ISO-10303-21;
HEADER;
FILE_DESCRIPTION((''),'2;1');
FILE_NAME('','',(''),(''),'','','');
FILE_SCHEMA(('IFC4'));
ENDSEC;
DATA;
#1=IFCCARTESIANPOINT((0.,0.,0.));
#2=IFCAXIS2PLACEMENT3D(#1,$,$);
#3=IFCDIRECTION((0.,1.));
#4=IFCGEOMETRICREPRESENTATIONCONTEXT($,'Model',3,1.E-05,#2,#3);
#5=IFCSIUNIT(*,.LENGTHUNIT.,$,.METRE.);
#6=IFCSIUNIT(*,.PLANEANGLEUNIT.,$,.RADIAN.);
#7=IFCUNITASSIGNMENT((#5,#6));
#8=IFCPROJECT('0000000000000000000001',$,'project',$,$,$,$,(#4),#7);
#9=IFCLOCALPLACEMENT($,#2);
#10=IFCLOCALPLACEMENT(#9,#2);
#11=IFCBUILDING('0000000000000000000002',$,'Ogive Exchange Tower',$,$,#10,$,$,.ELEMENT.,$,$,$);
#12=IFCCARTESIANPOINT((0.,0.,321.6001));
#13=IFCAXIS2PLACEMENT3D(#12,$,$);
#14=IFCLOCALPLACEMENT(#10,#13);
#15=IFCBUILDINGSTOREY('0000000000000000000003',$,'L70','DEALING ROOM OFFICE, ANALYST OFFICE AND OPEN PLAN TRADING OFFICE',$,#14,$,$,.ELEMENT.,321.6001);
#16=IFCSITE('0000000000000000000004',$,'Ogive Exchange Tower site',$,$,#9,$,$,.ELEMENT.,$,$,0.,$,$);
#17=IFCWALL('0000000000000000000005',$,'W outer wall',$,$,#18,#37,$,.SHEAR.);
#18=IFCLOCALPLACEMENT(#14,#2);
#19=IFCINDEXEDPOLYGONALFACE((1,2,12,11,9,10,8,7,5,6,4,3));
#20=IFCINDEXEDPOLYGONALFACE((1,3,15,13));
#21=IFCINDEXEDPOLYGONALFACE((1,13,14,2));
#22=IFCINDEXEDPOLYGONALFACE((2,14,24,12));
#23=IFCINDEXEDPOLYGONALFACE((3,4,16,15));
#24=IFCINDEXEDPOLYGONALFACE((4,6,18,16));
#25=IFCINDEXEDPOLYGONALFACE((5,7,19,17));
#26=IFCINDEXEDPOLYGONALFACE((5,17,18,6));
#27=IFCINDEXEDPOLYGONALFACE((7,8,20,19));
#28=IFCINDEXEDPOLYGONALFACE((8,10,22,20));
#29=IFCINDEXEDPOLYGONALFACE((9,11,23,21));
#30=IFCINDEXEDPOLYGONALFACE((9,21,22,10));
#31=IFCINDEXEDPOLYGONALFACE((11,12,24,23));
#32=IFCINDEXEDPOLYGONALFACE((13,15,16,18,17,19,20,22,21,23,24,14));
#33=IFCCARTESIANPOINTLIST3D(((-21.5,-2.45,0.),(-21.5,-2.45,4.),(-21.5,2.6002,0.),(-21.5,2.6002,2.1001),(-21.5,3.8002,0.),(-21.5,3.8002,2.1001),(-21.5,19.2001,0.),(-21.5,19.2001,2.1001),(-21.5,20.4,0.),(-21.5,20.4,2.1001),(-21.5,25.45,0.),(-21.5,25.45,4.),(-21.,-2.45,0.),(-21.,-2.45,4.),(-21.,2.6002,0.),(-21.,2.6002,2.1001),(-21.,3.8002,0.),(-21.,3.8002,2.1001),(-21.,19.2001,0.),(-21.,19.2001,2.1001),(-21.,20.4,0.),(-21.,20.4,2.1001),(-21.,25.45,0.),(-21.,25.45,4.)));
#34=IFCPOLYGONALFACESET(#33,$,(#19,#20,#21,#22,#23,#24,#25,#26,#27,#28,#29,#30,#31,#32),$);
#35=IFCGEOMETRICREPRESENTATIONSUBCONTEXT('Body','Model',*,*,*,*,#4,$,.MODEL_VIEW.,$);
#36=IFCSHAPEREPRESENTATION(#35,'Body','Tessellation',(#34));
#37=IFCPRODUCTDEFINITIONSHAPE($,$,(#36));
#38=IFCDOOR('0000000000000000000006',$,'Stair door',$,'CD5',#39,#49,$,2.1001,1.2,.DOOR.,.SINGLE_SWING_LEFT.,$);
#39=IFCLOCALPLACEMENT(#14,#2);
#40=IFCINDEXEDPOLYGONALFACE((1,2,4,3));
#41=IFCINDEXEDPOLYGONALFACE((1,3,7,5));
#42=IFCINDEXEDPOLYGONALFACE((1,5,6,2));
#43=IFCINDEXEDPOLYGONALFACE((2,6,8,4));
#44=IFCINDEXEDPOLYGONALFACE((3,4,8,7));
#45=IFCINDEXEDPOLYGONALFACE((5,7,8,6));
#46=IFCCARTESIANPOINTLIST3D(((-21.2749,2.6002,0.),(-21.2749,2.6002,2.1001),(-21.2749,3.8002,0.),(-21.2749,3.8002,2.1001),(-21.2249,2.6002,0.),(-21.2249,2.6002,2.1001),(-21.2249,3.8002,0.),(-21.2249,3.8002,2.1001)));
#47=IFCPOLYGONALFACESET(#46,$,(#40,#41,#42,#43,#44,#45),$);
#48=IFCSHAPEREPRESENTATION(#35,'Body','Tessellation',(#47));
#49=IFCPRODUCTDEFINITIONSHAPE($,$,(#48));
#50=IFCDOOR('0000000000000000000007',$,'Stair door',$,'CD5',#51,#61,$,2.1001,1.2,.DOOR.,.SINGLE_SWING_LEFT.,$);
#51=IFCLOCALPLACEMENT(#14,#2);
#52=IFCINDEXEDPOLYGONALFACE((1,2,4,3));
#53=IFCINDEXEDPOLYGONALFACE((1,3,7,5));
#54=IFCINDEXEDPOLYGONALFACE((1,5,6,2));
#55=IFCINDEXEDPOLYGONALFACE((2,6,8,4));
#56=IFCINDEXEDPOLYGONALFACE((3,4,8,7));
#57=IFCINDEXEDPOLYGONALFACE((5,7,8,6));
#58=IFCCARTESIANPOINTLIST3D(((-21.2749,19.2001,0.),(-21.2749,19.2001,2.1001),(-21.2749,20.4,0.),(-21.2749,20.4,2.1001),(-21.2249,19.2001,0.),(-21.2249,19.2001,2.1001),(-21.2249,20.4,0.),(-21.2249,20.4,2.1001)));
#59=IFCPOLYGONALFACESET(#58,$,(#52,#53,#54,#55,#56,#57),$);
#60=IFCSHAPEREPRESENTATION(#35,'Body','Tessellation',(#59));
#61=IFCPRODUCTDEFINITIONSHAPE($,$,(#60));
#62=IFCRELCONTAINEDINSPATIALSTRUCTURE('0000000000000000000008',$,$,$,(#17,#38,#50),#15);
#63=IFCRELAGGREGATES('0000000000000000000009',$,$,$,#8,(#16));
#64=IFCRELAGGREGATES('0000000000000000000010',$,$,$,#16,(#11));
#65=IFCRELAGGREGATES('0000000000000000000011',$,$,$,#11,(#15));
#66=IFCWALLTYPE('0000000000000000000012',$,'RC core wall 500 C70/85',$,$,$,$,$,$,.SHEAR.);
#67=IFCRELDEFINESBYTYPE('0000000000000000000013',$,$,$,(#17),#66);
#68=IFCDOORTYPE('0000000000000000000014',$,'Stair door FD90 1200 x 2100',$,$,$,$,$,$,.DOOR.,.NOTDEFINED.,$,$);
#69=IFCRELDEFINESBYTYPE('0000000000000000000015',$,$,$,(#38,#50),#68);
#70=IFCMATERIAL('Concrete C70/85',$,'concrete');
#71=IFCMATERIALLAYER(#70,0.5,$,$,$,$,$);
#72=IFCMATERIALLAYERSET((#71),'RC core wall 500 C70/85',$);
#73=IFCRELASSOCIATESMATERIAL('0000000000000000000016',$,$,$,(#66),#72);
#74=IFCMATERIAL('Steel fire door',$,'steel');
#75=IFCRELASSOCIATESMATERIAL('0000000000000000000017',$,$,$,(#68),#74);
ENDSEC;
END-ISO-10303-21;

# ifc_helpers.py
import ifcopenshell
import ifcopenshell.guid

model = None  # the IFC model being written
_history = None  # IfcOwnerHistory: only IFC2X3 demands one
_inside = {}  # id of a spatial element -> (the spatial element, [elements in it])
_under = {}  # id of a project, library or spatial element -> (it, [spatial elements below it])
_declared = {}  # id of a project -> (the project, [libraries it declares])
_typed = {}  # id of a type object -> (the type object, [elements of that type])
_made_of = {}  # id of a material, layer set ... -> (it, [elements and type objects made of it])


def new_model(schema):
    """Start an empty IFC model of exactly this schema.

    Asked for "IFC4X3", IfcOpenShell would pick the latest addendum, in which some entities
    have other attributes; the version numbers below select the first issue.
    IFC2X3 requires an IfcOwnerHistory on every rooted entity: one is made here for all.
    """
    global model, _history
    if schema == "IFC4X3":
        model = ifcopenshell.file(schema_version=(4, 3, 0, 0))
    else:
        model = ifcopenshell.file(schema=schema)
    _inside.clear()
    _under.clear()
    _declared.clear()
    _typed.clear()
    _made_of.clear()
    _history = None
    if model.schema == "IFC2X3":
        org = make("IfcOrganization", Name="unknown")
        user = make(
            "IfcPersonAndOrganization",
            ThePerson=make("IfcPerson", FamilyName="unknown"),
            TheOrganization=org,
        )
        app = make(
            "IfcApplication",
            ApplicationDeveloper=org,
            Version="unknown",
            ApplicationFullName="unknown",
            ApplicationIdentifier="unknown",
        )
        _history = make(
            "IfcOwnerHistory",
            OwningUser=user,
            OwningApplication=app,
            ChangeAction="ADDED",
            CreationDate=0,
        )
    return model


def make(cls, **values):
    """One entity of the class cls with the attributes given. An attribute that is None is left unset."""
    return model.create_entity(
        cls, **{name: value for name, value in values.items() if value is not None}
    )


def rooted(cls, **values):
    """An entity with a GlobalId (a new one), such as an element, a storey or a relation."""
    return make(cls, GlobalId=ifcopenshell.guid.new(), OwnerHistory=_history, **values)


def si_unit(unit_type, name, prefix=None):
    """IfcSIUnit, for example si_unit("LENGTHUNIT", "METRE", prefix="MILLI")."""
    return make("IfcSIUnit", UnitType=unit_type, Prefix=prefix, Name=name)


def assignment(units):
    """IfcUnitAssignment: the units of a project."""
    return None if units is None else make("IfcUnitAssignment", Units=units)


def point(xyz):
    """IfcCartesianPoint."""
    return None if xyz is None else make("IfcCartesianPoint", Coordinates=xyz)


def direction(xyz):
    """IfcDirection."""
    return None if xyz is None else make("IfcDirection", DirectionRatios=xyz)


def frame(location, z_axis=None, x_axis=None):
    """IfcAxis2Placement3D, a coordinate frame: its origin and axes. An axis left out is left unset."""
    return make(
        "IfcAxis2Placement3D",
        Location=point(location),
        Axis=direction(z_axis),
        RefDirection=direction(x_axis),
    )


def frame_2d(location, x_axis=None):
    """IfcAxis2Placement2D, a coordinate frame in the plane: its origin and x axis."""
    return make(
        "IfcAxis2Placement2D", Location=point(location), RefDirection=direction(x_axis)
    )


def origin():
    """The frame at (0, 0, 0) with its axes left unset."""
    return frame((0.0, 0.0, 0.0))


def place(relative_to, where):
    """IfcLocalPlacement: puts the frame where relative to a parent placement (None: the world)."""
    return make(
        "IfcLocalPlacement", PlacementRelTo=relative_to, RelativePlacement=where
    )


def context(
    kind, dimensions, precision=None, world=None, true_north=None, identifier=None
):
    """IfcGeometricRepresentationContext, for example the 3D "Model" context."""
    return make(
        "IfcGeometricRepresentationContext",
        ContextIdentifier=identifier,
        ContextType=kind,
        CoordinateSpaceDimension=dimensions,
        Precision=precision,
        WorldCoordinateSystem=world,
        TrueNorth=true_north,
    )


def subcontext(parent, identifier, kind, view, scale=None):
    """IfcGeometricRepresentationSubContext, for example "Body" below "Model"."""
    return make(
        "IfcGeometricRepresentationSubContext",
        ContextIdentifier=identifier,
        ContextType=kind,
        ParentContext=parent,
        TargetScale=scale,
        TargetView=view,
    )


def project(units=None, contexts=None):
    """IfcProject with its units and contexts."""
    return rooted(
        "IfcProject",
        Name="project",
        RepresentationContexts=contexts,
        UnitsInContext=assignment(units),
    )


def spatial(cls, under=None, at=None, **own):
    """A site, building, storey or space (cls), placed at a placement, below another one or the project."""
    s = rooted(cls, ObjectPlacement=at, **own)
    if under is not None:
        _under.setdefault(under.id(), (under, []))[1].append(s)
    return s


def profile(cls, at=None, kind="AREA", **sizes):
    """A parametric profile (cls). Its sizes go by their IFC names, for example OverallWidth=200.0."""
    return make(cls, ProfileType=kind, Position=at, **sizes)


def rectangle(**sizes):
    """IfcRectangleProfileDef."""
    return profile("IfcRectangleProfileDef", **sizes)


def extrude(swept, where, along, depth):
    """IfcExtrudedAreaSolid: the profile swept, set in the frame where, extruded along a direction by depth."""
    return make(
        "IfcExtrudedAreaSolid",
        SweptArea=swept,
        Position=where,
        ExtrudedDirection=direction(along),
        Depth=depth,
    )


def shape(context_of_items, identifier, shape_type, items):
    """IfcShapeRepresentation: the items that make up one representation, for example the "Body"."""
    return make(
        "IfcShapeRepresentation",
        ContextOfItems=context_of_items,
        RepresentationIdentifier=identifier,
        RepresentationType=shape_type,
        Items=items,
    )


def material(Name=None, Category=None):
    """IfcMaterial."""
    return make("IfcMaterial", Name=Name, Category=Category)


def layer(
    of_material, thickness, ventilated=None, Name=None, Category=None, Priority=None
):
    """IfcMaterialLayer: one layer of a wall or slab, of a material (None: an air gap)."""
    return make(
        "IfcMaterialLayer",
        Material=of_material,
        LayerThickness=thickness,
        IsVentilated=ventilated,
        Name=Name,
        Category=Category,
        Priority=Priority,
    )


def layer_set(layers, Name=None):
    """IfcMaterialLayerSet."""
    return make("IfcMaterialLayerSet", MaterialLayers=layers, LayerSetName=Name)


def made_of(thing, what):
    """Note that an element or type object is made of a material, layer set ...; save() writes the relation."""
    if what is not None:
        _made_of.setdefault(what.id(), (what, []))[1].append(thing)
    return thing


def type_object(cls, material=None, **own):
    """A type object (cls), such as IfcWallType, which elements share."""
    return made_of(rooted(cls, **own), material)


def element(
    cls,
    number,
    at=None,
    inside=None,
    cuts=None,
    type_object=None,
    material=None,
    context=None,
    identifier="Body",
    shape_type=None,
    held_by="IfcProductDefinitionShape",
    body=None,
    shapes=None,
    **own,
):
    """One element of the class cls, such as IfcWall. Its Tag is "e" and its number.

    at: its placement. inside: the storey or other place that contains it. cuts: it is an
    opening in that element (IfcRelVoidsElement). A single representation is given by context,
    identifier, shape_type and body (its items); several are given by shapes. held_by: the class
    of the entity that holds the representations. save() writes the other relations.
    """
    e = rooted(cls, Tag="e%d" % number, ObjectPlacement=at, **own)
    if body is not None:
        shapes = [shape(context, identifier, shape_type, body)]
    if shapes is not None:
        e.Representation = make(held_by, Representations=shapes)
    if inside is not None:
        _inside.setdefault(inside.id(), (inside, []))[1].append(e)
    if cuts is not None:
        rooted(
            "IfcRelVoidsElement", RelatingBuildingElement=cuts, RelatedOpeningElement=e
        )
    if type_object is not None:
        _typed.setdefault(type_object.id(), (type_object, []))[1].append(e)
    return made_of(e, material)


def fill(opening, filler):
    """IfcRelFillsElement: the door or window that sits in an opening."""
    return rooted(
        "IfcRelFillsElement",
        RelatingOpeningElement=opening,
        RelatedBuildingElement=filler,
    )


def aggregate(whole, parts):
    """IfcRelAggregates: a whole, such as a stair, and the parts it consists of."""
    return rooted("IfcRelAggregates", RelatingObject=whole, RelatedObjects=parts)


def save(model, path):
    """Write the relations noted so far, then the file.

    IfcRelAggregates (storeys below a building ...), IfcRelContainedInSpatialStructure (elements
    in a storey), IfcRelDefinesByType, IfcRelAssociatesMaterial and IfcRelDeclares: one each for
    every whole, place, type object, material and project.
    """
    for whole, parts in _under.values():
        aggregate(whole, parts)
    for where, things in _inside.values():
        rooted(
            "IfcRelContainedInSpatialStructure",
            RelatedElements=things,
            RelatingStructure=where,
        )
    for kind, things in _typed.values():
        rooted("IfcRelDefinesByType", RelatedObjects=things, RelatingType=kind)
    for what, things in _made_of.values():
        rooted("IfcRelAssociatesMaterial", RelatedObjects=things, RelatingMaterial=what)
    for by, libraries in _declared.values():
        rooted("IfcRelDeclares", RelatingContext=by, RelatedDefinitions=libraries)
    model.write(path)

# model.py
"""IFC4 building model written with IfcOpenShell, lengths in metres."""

from ifc_helpers import new_model, si_unit, direction, frame, frame_2d, origin, place, context, subcontext, project, spatial, rectangle, extrude, material, layer, layer_set, type_object, element, fill, save


model = new_model("IFC4")

# Units and contexts
model_context = context("Model", 3, precision=1e-05, world=origin(), true_north=direction((0.0, 1.0)))
body_context = subcontext(model_context, "Body", "Model", "MODEL_VIEW")
ifc_project = project(units=[si_unit("LENGTHUNIT", "METRE"), si_unit("PLANEANGLEUNIT", "RADIAN")], contexts=[model_context])

# Site, building, storey
site_placement = place(None, origin())
site = spatial("IfcSite", under=ifc_project, at=site_placement, Name="Ogive Exchange Tower site", CompositionType="ELEMENT", RefElevation=0.0)
building_placement = place(site_placement, origin())
building = spatial("IfcBuilding", under=site, at=building_placement, Name="Ogive Exchange Tower", CompositionType="ELEMENT")
storey_placement = place(building_placement, frame((0.0, 0.0, 321.6001)))
storey = spatial("IfcBuildingStorey", under=building, at=storey_placement, Name="L70", Description="DEALING ROOM OFFICE, ANALYST OFFICE AND OPEN PLAN TRADING OFFICE", CompositionType="ELEMENT", Elevation=321.6001)

# Shared definitions
ifc_material_1 = material(Name="Concrete C70/85", Category="concrete")

# Wall, openings, doors
ifc_layer_1 = layer(ifc_material_1, 0.5)
ifc_layer_set_1 = layer_set([ifc_layer_1], Name="RC core wall 500 C70/85")
wall_type_1 = type_object("IfcWallType", Name="RC core wall 500 C70/85", PredefinedType="SHEAR", material=ifc_layer_set_1)
wall_1_placement = place(storey_placement, frame((-21.25, -2.45, 0.0), z_axis=(0.0, 0.0, 1.0), x_axis=(0.0, 1.0, 0.0)))
wall_1 = element("IfcWall", 1, at=wall_1_placement, inside=storey, type_object=wall_type_1, Name="W outer wall", PredefinedType="SHEAR", context=body_context, shape_type="SweptSolid", body=[
    extrude(rectangle(XDim=27.8999, YDim=0.5, at=frame_2d((13.95, 0.0))), origin(), (0.0, 0.0, 1.0), 4.0),
])
opening_1_placement = place(wall_1_placement, frame((5.05, 0.0, 0.0)))
opening_1 = element("IfcOpeningElement", 2, at=opening_1_placement, cuts=wall_1, PredefinedType="OPENING", context=body_context, shape_type="SweptSolid", body=[
    extrude(rectangle(XDim=1.2, YDim=2.1001, at=frame_2d((0.6001, 1.05))), frame((0.0, 0.26, 0.0), z_axis=(0.0, -1.0, 0.0), x_axis=(1.0, 0.0, 0.0)), (0.0, 0.0, 1.0), 0.52),
])
opening_2_placement = place(wall_1_placement, frame((21.6499, 0.0, 0.0)))
opening_2 = element("IfcOpeningElement", 3, at=opening_2_placement, cuts=wall_1, PredefinedType="OPENING", context=body_context, shape_type="SweptSolid", body=[
    extrude(rectangle(XDim=1.2, YDim=2.1001, at=frame_2d((0.6001, 1.05))), frame((0.0, 0.26, 0.0), z_axis=(0.0, -1.0, 0.0), x_axis=(1.0, 0.0, 0.0)), (0.0, 0.0, 1.0), 0.52),
])
ifc_material_2 = material(Name="Steel fire door", Category="steel")
door_type_1 = type_object("IfcDoorType", Name="Stair door FD90 1200 x 2100", OperationType="NOTDEFINED", PredefinedType="DOOR", material=ifc_material_2)
door_1_placement = place(opening_1_placement, origin())
door_1 = element("IfcDoor", 4, at=door_1_placement, inside=storey, type_object=door_type_1, Name="Stair door", ObjectType="CD5", OperationType="SINGLE_SWING_LEFT", OverallHeight=2.1001, OverallWidth=1.2, PredefinedType="DOOR", context=body_context, shape_type="SweptSolid", body=[
    extrude(rectangle(XDim=1.2, YDim=2.1001, at=frame_2d((0.6001, 1.05))), frame((0.0, 0.0249, 0.0), z_axis=(0.0, -1.0, 0.0), x_axis=(1.0, 0.0, 0.0)), (0.0, 0.0, 1.0), 0.05),
])
fill(opening_1, door_1)
door_2_placement = place(opening_2_placement, origin())
door_2 = element("IfcDoor", 5, at=door_2_placement, inside=storey, type_object=door_type_1, Name="Stair door", ObjectType="CD5", OperationType="SINGLE_SWING_LEFT", OverallHeight=2.1001, OverallWidth=1.2, PredefinedType="DOOR", context=body_context, shape_type="SweptSolid", body=[
    extrude(rectangle(XDim=1.2, YDim=2.1001, at=frame_2d((0.6001, 1.05))), frame((0.0, 0.0249, 0.0), z_axis=(0.0, -1.0, 0.0), x_axis=(1.0, 0.0, 0.0)), (0.0, 0.0, 1.0), 0.05),
])
fill(opening_2, door_2)

save(model, "model.ifc")
